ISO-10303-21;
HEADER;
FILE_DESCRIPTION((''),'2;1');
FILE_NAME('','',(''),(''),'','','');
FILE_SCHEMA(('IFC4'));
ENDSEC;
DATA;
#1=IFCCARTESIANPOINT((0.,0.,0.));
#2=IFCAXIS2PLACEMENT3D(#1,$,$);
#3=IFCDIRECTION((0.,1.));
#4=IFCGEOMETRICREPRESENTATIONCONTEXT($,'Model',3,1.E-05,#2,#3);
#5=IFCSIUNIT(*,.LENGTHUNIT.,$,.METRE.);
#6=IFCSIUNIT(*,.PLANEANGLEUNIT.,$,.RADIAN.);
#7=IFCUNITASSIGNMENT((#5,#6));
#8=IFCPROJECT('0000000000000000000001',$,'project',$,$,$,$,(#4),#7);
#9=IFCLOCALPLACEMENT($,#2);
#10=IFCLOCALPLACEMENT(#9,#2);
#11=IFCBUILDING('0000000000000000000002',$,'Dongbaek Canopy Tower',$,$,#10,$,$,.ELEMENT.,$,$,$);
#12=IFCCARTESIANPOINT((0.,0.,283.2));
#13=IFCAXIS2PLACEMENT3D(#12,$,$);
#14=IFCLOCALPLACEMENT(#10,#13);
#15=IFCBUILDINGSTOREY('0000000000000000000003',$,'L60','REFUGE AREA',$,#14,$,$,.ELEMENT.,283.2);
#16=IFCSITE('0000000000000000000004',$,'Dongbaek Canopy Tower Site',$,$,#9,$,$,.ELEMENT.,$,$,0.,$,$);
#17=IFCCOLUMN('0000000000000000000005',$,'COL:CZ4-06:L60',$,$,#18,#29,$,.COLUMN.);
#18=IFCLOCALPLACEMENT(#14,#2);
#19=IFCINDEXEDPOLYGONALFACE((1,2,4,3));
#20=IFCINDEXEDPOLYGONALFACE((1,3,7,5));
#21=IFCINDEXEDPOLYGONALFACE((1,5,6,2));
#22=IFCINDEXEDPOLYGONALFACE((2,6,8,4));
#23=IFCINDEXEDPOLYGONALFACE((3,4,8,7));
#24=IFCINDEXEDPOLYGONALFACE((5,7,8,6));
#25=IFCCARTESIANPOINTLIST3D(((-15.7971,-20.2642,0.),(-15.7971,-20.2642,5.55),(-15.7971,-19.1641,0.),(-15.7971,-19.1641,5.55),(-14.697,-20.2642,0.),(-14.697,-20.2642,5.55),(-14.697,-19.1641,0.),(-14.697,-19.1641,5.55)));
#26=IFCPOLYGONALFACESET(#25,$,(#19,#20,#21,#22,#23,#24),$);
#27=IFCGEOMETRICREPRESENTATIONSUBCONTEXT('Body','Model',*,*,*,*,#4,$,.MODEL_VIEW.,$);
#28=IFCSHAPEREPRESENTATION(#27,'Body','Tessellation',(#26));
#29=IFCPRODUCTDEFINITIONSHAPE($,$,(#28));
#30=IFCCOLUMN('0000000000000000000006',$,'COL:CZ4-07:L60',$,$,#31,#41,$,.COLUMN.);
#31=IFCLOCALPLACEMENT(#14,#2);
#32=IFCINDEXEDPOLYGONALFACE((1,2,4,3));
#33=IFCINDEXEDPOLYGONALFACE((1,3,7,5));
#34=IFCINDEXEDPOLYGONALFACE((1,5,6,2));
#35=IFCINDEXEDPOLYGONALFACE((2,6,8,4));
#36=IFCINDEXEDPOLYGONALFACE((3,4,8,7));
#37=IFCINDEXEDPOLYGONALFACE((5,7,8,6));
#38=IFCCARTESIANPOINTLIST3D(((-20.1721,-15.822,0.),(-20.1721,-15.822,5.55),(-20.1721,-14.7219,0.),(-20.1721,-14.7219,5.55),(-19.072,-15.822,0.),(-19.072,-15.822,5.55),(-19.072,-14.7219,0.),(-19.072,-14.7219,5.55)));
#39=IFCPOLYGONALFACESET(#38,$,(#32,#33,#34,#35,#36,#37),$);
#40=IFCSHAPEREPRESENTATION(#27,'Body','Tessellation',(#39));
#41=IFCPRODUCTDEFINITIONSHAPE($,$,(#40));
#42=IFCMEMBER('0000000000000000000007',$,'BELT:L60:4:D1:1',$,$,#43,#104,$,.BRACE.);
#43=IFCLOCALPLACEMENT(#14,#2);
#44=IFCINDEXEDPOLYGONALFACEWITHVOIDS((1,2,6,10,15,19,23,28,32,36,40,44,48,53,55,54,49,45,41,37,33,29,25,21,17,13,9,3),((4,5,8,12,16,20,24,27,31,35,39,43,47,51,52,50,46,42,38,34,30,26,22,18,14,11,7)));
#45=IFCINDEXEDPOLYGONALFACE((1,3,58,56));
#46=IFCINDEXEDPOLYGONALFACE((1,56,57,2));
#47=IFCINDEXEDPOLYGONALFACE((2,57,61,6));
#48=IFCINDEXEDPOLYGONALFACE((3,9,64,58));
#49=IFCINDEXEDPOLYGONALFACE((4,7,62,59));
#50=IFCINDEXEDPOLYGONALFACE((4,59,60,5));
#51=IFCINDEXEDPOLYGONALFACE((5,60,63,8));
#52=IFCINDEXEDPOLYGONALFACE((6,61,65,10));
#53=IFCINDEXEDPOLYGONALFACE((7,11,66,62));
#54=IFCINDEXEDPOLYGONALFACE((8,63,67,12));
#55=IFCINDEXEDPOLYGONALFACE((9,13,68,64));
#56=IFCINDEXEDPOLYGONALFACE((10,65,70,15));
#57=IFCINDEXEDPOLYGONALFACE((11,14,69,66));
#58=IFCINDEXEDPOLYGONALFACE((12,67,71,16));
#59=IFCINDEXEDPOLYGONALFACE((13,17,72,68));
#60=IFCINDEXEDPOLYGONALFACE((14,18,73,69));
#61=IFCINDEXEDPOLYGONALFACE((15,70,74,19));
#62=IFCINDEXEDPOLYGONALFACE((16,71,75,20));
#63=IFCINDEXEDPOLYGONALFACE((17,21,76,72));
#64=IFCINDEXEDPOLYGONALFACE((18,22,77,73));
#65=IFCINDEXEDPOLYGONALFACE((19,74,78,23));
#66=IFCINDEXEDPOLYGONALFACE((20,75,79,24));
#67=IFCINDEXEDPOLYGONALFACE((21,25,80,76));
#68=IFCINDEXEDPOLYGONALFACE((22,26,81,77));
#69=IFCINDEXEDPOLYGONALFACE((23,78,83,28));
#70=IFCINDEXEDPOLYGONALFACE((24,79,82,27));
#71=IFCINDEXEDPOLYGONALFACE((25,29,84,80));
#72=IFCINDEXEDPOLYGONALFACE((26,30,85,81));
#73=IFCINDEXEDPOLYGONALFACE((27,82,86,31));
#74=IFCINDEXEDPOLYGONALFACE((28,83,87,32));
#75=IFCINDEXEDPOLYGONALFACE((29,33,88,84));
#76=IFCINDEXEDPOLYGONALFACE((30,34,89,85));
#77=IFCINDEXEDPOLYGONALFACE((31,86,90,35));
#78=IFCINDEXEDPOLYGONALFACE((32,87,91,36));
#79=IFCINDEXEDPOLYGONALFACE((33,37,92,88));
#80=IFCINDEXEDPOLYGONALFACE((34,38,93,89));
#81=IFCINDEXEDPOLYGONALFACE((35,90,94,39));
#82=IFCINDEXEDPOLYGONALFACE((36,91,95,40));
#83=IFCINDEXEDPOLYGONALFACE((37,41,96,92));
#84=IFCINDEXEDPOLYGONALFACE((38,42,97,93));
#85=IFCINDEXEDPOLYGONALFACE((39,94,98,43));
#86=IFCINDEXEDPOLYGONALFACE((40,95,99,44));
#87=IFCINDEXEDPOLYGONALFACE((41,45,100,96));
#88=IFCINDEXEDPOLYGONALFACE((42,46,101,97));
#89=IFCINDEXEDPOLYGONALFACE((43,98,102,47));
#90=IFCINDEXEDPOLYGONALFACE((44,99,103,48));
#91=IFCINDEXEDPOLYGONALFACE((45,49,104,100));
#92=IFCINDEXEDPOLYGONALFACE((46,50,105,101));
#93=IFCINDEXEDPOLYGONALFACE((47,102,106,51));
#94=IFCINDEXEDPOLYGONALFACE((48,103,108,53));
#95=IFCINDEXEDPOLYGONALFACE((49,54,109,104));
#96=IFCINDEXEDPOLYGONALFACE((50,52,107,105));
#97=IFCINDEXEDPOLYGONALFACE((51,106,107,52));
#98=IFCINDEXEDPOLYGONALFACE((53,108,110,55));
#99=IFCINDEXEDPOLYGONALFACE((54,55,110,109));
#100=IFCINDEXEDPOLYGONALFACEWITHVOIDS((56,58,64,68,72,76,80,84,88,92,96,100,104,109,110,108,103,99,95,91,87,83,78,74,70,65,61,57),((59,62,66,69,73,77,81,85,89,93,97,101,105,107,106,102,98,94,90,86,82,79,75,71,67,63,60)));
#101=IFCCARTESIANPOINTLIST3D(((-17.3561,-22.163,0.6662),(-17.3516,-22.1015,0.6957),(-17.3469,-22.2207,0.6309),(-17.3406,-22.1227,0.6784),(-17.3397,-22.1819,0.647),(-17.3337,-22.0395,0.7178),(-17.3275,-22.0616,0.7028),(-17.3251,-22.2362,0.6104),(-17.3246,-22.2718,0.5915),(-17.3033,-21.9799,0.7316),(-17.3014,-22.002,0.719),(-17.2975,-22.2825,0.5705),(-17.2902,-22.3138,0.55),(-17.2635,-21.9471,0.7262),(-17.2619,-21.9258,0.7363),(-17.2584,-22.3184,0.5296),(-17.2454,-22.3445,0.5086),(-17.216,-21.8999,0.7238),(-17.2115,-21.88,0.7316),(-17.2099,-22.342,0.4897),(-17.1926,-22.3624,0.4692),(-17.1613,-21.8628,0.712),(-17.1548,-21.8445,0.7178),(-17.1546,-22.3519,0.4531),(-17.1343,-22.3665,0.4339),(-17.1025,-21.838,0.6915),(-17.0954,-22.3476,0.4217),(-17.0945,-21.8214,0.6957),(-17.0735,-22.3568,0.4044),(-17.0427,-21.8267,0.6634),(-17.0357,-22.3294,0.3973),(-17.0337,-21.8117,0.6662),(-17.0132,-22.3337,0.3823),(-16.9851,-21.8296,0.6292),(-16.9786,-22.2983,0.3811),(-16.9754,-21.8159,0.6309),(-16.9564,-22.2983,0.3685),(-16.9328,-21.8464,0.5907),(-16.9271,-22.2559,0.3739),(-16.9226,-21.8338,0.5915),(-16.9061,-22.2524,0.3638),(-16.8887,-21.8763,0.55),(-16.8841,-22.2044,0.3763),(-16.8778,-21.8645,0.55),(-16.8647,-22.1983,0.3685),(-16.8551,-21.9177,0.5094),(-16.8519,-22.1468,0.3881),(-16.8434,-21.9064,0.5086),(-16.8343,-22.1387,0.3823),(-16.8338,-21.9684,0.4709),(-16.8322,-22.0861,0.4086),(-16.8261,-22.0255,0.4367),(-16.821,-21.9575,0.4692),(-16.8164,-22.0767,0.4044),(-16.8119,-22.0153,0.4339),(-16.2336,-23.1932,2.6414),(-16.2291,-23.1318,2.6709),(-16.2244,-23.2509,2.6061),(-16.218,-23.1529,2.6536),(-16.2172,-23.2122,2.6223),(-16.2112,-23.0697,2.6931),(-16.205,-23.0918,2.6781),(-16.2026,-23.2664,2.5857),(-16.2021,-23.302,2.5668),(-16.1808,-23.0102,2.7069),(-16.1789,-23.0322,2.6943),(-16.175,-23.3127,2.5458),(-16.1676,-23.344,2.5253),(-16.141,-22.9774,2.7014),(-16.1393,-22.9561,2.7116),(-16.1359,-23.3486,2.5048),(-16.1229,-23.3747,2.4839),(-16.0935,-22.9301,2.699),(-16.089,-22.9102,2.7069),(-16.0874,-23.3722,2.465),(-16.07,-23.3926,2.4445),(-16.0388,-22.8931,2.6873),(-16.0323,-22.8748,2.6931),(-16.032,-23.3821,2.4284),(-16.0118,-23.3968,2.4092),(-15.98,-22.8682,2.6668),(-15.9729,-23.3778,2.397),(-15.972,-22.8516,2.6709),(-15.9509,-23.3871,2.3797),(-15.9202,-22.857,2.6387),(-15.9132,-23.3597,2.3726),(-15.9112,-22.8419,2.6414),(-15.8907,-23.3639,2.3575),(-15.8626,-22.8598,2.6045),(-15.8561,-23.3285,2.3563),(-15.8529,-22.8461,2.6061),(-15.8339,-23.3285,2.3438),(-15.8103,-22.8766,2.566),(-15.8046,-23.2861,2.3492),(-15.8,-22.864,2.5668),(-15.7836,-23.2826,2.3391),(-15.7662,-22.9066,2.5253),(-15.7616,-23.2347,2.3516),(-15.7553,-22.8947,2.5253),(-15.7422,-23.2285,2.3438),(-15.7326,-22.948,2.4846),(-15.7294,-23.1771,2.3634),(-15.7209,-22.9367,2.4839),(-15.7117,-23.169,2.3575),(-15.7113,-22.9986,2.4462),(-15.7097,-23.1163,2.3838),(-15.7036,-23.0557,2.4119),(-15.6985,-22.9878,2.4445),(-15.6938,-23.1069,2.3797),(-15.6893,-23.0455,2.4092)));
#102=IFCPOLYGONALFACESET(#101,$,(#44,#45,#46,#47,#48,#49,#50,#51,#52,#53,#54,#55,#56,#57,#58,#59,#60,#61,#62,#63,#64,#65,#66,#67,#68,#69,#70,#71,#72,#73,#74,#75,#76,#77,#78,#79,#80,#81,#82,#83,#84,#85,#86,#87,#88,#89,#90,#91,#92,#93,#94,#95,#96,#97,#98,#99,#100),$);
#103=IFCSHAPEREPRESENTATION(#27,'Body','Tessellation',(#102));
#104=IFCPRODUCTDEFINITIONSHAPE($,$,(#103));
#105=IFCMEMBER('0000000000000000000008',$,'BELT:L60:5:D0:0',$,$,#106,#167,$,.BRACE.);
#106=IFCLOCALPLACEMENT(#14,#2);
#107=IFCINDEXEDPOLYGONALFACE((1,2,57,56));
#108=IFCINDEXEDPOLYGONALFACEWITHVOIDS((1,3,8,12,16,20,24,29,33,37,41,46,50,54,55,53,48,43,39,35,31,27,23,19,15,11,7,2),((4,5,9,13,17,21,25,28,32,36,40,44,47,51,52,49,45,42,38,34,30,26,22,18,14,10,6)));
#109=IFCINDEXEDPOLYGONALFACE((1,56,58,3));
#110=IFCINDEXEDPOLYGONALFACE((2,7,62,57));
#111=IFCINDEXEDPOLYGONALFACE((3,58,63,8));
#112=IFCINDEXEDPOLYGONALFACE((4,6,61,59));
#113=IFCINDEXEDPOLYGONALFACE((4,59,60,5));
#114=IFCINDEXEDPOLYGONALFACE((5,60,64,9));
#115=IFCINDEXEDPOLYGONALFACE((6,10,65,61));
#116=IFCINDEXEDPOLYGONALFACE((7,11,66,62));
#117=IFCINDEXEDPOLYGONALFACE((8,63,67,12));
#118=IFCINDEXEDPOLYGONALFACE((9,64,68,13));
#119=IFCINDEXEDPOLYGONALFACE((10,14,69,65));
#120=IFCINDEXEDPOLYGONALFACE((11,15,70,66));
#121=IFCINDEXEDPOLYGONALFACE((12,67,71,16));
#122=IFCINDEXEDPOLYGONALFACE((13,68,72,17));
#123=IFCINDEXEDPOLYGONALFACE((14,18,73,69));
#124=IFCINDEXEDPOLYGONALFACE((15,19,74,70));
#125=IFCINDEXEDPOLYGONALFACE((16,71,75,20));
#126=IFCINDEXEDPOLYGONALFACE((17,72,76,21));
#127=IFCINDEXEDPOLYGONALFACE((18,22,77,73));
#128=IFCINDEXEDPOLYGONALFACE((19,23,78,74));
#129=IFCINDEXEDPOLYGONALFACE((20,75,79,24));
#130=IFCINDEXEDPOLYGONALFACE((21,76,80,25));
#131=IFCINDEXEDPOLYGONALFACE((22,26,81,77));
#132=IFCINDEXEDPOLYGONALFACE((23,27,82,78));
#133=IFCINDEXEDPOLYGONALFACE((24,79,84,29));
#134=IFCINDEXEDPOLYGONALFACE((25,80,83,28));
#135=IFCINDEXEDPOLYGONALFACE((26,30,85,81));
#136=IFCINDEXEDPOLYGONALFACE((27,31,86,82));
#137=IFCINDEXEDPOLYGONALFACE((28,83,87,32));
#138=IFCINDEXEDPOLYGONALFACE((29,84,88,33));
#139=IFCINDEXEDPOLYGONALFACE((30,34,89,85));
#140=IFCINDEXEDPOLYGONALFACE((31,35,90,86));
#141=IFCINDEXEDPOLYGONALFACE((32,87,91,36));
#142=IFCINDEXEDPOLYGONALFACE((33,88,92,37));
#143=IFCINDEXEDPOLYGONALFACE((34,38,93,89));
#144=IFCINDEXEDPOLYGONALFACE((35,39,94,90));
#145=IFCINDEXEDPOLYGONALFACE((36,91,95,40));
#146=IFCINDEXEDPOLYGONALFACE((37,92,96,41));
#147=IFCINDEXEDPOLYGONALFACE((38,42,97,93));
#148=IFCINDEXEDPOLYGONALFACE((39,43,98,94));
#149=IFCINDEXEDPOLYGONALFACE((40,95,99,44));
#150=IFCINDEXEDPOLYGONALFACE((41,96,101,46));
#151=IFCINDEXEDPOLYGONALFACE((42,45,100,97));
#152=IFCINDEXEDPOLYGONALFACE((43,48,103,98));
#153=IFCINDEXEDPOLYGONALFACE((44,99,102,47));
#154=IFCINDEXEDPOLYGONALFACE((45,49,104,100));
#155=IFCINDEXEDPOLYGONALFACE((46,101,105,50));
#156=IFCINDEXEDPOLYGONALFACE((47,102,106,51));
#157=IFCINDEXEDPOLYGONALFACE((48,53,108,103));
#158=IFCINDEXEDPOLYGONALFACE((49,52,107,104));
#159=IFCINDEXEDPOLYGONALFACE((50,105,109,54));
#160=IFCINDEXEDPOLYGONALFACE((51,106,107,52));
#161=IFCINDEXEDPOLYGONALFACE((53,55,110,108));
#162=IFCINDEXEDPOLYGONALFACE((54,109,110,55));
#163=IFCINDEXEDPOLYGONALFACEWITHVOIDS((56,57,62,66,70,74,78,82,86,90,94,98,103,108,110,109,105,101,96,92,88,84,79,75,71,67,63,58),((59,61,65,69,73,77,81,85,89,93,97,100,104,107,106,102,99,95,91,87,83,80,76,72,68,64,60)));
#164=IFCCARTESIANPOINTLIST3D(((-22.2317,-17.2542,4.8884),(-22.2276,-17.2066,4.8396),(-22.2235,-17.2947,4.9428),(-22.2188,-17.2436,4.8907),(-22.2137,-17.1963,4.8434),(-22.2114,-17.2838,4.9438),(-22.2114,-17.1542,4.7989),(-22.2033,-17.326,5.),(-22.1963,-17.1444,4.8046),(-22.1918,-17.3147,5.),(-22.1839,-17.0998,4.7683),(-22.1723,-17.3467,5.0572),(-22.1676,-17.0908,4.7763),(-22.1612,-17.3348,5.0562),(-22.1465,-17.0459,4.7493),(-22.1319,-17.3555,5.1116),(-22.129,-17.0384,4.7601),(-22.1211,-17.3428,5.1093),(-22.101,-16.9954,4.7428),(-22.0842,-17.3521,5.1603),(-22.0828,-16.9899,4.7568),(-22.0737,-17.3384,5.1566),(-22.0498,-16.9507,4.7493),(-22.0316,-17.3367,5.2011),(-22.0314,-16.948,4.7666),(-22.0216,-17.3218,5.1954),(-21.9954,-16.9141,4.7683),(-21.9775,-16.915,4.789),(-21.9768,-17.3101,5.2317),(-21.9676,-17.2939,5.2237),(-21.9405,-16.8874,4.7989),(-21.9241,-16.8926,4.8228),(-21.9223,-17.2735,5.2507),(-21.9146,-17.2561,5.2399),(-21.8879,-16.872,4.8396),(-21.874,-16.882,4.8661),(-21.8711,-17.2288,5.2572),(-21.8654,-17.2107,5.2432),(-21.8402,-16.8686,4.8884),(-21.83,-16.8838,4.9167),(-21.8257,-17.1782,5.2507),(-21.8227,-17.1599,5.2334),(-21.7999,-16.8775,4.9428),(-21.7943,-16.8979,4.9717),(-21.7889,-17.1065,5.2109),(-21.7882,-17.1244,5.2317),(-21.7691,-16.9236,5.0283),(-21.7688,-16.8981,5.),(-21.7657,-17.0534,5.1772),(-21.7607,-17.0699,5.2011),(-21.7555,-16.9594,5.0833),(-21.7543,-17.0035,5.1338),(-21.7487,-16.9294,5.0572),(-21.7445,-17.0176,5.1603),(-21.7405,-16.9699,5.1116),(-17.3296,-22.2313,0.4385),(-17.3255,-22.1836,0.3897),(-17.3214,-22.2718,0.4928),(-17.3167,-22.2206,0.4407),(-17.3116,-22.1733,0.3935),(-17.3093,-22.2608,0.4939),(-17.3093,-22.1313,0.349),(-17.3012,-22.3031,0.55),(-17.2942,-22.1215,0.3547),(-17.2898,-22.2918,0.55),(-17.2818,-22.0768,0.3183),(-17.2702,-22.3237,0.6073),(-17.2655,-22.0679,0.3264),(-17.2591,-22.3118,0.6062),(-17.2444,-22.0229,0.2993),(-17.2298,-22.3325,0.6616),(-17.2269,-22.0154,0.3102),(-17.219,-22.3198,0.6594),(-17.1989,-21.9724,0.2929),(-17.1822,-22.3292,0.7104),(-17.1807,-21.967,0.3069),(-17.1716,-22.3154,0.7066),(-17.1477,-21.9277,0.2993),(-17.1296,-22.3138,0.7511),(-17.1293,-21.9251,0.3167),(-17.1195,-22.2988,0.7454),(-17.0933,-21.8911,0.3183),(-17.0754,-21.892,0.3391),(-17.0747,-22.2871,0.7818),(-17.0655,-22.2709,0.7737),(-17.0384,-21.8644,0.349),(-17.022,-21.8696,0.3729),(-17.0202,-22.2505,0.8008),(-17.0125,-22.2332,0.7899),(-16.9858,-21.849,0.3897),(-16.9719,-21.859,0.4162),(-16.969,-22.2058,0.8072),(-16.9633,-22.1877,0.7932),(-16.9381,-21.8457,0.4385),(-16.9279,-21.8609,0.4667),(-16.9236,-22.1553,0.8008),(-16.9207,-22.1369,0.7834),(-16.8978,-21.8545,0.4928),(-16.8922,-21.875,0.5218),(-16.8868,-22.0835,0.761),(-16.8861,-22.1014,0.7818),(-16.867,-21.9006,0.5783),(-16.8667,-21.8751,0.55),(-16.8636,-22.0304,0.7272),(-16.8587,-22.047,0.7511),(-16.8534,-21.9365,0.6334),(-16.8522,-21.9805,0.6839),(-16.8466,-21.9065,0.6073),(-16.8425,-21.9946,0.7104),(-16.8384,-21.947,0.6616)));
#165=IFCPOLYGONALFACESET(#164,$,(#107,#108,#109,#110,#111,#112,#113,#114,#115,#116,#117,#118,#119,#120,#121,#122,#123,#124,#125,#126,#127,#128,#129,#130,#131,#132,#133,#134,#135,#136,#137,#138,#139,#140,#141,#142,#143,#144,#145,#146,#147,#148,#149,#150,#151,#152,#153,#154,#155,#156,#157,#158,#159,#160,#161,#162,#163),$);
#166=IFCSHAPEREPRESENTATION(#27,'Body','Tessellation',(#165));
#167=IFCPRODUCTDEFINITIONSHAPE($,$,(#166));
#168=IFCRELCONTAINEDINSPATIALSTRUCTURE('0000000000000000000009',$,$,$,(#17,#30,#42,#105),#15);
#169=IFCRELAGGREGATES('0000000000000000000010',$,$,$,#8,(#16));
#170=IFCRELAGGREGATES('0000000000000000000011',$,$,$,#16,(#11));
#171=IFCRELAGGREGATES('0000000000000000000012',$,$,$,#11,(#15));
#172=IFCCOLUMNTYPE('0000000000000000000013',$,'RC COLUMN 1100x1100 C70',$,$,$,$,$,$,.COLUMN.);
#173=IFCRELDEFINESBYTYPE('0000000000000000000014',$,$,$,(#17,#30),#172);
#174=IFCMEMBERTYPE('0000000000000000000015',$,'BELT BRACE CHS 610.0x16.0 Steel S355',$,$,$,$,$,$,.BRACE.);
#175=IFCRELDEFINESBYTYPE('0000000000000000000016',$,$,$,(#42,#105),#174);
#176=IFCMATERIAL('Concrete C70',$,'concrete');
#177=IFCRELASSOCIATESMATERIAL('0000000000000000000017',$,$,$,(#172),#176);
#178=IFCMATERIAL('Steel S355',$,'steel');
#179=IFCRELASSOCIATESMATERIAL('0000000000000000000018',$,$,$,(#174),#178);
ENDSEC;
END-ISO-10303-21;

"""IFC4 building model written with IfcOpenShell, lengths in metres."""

from ifc_helpers import new_model, si_unit, direction, frame, origin, origin_2d, place, context, subcontext, project, spatial, rectangle, hollow_circle, extrude, material, material_profile, profile_set, type_object, element, save


model = new_model("IFC4")

# Units and contexts
model_context = context("Model", 3, precision=1e-05, world=origin(), true_north=direction((0.0, 1.0)))
body_context = subcontext(model_context, "Body", "Model", "MODEL_VIEW")
ifc_project = project(units=[si_unit("LENGTHUNIT", "METRE"), si_unit("PLANEANGLEUNIT", "RADIAN")], contexts=[model_context])

# Site, building, storey
site_placement = place(None, origin())
site = spatial("IfcSite", under=ifc_project, at=site_placement, Name="Dongbaek Canopy Tower Site", CompositionType="ELEMENT", RefElevation=0.0)
building_placement = place(site_placement, origin())
building = spatial("IfcBuilding", under=site, at=building_placement, Name="Dongbaek Canopy Tower", CompositionType="ELEMENT")
storey_placement = place(building_placement, frame((0.0, 0.0, 283.2)))
storey = spatial("IfcBuildingStorey", under=building, at=storey_placement, Name="L60", Description="REFUGE AREA", CompositionType="ELEMENT", Elevation=283.2)

# Columns
ifc_material_1 = material(Name="Concrete C70", Category="concrete")
ifc_material_profile_1 = material_profile(ifc_material_1, rectangle(XDim=1.1001, YDim=1.1001, at=origin_2d()), Name="RC COLUMN 1100x1100 C70")
ifc_profile_set_1 = profile_set([ifc_material_profile_1], Name="Concrete C70")
column_type = type_object("IfcColumnType", Name="RC COLUMN 1100x1100 C70", PredefinedType="COLUMN", material=ifc_profile_set_1)
for number, where, z_axis, x_axis, name in (
    (1, (-15.2471, -19.7141, 0.0), (0.0, 0.0, 1.0), (1.0, 0.0, 0.0), "COL:CZ4-06:L60"),
    (2, (-19.6221, -15.272, 0.0), (0.0, 0.0, 1.0), (1.0, 0.0, 0.0), "COL:CZ4-07:L60"),
):
    element("IfcColumn", number, at=place(storey_placement, frame(where, z_axis=z_axis, x_axis=x_axis)), inside=storey, type_object=column_type, Name=name, PredefinedType="COLUMN", context=body_context, shape_type="SweptSolid", body=[
        extrude(rectangle(XDim=1.1001, YDim=1.1001, at=origin_2d()), origin(), (0.0, 0.0, 1.0), 5.55),
    ])

# Members
ifc_material_2 = material(Name="Steel S355", Category="steel")
ifc_material_profile_2 = material_profile(ifc_material_2, hollow_circle(Radius=0.3049, WallThickness=0.0161, at=origin_2d()), Name="BELT BRACE CHS 610.0x16.0 Steel S355")
ifc_profile_set_2 = profile_set([ifc_material_profile_2], Name="Steel S355")
member_type_1 = type_object("IfcMemberType", Name="BELT BRACE CHS 610.0x16.0 Steel S355", PredefinedType="BRACE", material=ifc_profile_set_2)
member_1_placement = place(storey_placement, frame((-17.084, -22.0891, 0.55), z_axis=(0.449976, -0.412983, 0.791812), x_axis=(0.676174, 0.736742, 0.0)))
element("IfcMember", 3, at=member_1_placement, inside=storey, type_object=member_type_1, Name="BELT:L60:4:D1:1", PredefinedType="BRACE", context=body_context, shape_type="SweptSolid", body=[
    extrude(hollow_circle(Radius=0.3049, WallThickness=0.0161, at=origin_2d()), origin(), (0.0, 0.0, 1.0), 2.4946),
])
member_2_placement = place(storey_placement, frame((-17.084, -22.0891, 0.55), z_axis=(-0.591846, 0.600895, 0.537256), x_axis=(-0.712451, -0.701722, 0.0)))
element("IfcMember", 4, at=member_2_placement, inside=storey, type_object=member_type_1, Name="BELT:L60:5:D0:0", PredefinedType="BRACE", context=body_context, shape_type="SweptSolid", body=[
    extrude(hollow_circle(Radius=0.3049, WallThickness=0.0161, at=origin_2d()), origin(), (0.0, 0.0, 1.0), 8.2827),
])

save(model, "model.ifc")
